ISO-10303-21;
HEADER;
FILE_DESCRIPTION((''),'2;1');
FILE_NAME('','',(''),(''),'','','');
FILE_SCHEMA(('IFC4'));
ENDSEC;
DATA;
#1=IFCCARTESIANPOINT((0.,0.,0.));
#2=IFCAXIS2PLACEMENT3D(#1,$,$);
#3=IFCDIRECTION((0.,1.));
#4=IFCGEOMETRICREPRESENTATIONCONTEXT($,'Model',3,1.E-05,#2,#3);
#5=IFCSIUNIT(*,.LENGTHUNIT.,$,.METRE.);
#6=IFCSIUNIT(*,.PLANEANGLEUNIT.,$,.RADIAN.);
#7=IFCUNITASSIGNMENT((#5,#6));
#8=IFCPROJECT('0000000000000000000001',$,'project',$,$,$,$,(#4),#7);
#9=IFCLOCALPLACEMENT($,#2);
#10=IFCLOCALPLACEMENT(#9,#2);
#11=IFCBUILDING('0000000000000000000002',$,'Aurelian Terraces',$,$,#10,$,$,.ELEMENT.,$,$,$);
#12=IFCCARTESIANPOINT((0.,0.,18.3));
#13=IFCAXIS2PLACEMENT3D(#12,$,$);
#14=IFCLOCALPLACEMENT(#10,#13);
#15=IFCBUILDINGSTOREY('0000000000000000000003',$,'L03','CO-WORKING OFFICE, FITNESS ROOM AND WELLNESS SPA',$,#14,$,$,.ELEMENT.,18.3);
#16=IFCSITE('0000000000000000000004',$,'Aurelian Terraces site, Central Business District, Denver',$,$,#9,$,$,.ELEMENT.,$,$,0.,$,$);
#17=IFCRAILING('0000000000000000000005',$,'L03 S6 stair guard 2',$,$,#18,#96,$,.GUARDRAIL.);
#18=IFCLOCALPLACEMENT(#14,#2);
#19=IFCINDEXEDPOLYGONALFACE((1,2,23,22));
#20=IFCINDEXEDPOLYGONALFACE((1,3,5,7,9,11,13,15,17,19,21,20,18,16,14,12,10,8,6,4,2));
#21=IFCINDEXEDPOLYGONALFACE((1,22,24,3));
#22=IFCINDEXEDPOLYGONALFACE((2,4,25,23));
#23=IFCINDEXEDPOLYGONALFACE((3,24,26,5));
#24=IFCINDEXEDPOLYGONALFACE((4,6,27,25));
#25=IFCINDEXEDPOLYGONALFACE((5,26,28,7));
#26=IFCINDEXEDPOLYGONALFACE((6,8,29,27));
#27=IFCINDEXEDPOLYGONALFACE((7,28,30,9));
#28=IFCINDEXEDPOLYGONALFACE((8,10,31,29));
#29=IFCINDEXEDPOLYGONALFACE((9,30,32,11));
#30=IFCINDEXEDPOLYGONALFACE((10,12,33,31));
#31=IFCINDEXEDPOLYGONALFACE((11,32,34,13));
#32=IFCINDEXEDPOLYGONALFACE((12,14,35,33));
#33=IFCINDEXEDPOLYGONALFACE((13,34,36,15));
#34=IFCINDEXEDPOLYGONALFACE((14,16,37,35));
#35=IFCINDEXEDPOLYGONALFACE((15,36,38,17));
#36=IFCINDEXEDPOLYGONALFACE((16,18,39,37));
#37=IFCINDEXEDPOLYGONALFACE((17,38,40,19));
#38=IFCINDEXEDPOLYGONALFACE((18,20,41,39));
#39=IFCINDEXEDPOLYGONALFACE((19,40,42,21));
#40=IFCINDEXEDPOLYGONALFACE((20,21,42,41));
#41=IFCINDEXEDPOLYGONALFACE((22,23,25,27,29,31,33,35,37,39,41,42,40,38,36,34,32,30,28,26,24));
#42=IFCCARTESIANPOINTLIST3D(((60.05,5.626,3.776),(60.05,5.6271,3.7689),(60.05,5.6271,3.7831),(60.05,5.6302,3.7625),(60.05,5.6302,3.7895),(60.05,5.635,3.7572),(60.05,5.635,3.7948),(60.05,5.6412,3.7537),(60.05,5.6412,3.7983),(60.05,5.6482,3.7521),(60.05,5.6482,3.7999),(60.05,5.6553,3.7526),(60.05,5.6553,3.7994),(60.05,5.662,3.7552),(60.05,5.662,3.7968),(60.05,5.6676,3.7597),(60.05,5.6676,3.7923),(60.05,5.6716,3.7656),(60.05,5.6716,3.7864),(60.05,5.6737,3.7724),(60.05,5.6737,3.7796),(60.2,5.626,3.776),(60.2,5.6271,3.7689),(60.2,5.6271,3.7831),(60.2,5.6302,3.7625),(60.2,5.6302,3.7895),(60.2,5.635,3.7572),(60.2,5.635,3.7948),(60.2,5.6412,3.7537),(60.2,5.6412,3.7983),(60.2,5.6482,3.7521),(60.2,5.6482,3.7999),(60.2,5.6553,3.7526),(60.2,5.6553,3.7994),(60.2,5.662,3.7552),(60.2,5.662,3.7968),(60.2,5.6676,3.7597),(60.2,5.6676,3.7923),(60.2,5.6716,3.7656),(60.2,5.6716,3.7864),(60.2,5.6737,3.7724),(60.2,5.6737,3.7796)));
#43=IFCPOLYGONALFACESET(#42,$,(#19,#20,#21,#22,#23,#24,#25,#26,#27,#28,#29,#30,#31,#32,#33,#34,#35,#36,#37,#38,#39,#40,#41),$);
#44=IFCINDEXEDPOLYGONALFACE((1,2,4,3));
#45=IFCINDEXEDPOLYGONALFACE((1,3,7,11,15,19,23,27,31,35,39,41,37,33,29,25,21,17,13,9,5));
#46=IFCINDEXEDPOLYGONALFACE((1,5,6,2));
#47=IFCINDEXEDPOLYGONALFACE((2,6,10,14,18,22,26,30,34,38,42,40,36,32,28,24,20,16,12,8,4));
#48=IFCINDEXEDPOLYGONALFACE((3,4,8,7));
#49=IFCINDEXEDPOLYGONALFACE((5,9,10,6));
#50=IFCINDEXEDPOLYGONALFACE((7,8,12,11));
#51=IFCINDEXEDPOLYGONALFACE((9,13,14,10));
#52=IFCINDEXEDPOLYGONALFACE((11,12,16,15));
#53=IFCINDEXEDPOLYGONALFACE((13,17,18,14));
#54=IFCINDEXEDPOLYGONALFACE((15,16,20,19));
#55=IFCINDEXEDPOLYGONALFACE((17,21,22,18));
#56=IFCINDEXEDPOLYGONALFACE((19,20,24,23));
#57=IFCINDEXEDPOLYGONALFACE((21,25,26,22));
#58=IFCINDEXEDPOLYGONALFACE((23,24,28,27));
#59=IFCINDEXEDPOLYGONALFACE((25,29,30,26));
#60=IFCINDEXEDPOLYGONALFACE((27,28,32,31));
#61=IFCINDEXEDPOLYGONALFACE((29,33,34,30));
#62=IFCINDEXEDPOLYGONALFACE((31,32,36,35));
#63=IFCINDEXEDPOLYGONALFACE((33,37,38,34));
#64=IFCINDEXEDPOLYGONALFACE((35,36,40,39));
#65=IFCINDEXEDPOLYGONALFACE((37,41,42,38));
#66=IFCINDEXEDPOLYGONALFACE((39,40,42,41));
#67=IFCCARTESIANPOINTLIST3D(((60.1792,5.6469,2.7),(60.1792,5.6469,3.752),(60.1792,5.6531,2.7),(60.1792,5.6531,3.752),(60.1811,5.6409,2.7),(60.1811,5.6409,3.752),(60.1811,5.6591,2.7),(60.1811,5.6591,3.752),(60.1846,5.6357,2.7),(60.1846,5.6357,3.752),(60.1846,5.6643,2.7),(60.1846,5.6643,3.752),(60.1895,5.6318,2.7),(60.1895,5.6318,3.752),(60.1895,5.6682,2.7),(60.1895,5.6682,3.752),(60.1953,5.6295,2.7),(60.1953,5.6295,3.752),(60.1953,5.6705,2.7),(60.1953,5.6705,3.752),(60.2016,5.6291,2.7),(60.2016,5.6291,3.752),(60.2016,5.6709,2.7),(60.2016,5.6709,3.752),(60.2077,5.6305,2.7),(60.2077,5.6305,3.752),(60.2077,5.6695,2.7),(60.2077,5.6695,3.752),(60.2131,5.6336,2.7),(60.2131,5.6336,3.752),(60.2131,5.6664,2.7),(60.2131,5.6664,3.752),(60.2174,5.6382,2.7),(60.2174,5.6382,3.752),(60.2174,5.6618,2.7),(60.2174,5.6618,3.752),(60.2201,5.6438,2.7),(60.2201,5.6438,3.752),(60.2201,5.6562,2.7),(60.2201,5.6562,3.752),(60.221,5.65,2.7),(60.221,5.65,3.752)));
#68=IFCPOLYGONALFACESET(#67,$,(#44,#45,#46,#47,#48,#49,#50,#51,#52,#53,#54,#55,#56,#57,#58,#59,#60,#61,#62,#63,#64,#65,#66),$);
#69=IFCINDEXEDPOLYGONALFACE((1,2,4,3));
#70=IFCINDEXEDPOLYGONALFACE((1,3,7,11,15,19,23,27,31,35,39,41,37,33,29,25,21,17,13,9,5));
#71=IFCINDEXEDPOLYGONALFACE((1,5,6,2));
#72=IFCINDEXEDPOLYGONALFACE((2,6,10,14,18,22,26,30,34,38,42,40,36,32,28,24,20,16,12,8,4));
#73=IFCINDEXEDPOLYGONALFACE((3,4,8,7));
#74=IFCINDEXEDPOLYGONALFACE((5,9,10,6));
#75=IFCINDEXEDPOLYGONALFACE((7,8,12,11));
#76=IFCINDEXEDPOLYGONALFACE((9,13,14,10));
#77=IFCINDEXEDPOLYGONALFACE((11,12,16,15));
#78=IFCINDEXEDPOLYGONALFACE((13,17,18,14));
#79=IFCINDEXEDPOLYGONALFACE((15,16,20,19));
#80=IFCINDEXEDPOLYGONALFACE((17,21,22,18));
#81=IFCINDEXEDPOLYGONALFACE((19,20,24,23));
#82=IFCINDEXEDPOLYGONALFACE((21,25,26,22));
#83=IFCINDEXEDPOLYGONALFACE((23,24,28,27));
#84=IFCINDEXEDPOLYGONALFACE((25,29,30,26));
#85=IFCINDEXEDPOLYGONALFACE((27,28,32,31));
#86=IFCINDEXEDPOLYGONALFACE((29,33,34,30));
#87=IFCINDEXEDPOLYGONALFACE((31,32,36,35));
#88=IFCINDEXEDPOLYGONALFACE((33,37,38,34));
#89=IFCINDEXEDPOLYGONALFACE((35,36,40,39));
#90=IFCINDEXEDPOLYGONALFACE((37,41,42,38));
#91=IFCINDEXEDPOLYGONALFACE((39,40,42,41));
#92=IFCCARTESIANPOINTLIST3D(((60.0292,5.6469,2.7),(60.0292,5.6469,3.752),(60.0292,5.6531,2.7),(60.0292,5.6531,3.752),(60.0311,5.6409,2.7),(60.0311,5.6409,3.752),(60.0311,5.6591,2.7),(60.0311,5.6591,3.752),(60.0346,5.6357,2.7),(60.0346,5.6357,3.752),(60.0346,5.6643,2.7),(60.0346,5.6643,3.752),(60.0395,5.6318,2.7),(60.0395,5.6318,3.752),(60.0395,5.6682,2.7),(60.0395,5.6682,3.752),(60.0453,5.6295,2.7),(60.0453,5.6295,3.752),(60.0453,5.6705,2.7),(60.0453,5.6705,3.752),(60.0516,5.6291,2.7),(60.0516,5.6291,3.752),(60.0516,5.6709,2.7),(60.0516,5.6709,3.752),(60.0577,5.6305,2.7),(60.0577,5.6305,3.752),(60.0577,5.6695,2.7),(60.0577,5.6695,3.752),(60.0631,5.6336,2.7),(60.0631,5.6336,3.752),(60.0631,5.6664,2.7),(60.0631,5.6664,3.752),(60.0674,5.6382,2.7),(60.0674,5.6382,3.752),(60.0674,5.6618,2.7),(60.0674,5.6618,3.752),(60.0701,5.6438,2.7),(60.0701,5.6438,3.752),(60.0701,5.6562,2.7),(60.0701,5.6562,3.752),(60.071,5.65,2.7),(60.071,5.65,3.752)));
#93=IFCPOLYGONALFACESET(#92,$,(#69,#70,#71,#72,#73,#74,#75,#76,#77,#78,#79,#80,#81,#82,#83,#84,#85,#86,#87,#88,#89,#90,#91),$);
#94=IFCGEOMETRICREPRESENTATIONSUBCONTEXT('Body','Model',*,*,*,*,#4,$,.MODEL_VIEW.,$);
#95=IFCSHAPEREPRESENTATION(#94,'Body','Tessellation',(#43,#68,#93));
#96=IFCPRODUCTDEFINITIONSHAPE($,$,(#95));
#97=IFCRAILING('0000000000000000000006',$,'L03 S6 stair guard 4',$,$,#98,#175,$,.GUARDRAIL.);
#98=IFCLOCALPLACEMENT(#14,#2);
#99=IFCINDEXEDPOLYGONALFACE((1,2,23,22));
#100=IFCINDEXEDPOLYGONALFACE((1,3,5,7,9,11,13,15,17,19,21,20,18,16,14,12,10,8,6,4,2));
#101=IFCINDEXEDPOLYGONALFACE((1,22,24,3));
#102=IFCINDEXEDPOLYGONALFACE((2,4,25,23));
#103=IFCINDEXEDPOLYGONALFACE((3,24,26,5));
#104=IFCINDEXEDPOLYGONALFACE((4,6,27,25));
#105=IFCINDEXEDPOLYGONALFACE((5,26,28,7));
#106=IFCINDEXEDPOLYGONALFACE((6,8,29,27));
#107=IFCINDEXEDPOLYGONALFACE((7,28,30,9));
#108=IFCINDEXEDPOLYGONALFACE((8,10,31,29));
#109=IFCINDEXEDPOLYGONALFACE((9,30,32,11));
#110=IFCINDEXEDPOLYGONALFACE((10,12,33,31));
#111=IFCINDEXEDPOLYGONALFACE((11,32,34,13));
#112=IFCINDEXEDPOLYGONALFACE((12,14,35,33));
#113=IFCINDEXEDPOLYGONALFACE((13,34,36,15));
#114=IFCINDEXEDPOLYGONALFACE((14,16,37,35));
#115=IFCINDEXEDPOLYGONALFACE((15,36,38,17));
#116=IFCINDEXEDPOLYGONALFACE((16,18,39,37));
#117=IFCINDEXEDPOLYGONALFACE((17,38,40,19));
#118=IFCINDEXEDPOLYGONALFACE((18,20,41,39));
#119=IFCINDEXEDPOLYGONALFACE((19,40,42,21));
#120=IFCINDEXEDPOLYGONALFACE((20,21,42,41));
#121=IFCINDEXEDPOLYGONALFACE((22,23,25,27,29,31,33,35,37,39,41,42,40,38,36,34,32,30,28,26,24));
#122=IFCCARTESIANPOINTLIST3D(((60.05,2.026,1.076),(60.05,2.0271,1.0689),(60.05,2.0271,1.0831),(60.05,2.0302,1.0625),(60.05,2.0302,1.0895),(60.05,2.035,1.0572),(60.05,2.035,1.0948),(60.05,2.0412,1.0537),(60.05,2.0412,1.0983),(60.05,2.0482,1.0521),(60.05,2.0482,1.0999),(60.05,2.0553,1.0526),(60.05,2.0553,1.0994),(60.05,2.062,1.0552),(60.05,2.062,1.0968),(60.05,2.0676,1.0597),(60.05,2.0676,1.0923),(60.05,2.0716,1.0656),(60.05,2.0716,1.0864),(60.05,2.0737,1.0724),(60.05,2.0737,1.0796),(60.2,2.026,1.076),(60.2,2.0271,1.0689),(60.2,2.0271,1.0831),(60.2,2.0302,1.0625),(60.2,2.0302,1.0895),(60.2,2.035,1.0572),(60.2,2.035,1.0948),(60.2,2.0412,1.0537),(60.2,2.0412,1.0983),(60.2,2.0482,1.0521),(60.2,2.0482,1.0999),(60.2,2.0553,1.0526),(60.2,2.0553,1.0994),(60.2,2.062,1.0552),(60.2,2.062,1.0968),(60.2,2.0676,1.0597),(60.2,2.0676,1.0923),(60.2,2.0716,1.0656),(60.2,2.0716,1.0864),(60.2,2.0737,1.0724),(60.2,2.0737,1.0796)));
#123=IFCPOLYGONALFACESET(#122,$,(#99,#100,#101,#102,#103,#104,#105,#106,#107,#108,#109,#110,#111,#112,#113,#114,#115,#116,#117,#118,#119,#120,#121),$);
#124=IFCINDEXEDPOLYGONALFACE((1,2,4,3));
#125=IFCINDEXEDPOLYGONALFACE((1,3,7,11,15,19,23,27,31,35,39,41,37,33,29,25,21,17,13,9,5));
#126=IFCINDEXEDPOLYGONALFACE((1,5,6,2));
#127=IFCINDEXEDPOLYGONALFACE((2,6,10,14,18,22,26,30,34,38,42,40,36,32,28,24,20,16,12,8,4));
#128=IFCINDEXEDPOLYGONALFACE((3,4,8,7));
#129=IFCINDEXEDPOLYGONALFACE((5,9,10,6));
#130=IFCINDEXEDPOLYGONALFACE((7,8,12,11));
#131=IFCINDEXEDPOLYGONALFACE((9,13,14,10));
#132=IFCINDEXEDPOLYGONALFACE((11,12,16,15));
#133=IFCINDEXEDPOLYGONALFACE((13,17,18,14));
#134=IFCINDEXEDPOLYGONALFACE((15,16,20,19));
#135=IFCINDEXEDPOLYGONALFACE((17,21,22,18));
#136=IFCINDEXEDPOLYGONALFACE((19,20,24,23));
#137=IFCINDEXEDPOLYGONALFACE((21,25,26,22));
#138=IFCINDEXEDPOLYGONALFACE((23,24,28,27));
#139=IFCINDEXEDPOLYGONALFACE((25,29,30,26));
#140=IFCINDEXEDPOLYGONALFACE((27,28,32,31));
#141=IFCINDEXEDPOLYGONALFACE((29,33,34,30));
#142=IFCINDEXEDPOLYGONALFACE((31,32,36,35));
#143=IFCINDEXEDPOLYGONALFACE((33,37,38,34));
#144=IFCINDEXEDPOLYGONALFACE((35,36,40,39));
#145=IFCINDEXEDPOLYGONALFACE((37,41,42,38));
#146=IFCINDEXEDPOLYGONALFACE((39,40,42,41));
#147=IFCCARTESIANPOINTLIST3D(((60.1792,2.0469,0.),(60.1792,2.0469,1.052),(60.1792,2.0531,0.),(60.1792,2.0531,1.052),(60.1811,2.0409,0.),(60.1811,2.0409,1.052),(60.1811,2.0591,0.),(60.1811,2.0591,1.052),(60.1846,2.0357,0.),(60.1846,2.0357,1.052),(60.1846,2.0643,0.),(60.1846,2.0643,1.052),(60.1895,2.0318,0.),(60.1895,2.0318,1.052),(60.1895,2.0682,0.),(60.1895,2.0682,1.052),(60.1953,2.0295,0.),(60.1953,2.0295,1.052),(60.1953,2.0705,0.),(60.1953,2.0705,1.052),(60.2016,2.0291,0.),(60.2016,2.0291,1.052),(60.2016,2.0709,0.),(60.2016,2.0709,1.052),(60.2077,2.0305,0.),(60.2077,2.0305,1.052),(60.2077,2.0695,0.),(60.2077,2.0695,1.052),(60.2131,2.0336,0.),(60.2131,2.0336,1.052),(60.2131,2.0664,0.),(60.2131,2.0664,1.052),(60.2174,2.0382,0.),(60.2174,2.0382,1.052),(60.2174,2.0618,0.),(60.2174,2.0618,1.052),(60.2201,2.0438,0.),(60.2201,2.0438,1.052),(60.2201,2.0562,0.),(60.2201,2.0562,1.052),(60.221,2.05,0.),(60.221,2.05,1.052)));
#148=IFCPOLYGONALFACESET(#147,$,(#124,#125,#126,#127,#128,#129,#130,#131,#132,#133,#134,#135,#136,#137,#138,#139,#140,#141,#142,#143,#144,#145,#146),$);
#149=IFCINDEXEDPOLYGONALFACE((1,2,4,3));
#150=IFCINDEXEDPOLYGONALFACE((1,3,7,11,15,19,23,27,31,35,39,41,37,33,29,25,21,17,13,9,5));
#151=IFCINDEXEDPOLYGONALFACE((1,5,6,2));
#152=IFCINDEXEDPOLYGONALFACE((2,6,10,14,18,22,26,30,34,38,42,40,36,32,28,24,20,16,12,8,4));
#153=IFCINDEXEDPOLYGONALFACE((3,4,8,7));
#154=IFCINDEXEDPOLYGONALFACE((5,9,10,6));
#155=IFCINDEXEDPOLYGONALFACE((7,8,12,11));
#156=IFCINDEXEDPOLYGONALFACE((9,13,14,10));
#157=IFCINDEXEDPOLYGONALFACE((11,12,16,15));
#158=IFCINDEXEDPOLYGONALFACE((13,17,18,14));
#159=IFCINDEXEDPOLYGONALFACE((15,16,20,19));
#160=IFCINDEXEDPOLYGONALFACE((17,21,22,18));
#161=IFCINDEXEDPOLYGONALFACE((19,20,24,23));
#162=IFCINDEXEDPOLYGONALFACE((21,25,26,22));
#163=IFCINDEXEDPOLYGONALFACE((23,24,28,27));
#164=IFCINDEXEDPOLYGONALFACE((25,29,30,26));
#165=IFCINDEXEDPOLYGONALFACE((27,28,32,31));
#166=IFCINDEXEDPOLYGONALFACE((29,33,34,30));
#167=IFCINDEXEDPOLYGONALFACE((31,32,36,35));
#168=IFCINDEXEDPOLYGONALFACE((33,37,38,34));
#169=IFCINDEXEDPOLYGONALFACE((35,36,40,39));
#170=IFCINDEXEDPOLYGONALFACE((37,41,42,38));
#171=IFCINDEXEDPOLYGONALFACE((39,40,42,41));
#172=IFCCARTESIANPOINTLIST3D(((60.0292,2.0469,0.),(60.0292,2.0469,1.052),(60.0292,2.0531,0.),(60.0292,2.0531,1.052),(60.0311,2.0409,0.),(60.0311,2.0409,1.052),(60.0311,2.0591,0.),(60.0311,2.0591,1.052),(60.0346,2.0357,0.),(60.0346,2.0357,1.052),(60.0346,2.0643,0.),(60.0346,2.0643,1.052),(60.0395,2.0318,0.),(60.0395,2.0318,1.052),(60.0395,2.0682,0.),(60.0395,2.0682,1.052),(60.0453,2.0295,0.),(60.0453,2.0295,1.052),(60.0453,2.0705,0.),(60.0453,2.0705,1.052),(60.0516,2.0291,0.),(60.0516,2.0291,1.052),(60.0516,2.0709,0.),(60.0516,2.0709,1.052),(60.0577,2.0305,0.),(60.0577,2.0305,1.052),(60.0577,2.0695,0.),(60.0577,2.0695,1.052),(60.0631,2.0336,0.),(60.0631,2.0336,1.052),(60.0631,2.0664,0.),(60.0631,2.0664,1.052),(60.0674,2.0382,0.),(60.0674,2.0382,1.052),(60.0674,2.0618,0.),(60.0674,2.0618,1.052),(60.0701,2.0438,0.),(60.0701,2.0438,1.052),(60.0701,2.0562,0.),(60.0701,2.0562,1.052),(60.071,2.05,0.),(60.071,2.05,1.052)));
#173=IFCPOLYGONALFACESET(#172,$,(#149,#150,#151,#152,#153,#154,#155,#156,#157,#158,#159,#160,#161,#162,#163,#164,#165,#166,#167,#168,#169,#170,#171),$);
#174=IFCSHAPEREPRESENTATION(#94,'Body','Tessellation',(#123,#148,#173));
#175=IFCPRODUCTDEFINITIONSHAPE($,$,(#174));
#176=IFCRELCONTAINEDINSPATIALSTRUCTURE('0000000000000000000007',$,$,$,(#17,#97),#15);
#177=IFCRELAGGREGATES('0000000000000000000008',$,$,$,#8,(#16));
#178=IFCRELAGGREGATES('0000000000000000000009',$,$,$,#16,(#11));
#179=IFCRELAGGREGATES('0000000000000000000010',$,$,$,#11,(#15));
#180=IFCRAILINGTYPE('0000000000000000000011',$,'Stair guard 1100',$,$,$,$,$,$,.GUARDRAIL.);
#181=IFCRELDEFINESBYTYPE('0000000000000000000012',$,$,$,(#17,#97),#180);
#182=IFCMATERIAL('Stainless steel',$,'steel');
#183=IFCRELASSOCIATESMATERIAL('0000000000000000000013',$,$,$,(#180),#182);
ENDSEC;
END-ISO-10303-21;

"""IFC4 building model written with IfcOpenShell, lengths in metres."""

from ifc_helpers import new_model, si_unit, direction, frame, origin, origin_2d, place, context, subcontext, project, spatial, circle, extrude, source, transform, mapped, material, type_object, element, save


model = new_model("IFC4")

# Units and contexts
model_context = context("Model", 3, precision=1e-05, world=origin(), true_north=direction((0.0, 1.0)))
body_context = subcontext(model_context, "Body", "Model", "MODEL_VIEW")
ifc_project = project(units=[si_unit("LENGTHUNIT", "METRE"), si_unit("PLANEANGLEUNIT", "RADIAN")], contexts=[model_context])

# Site, building, storey
site_placement = place(None, origin())
site = spatial("IfcSite", under=ifc_project, at=site_placement, Name="Aurelian Terraces site, Central Business District, Denver", CompositionType="ELEMENT", RefElevation=0.0)
building_placement = place(site_placement, origin())
building = spatial("IfcBuilding", under=site, at=building_placement, Name="Aurelian Terraces", CompositionType="ELEMENT")
storey_placement = place(building_placement, frame((0.0, 0.0, 18.3)))
storey = spatial("IfcBuildingStorey", under=building, at=storey_placement, Name="L03", Description="CO-WORKING OFFICE, FITNESS ROOM AND WELLNESS SPA", CompositionType="ELEMENT", Elevation=18.3)

# Railings
ifc_material_1 = material(Name="Stainless steel", Category="steel")
railing_type_1 = type_object("IfcRailingType", Name="Stair guard 1100", PredefinedType="GUARDRAIL", material=ifc_material_1)
shared_shape_1 = source(origin(), body_context, "Body", "SweptSolid", [
    extrude(circle(Radius=0.024, at=origin_2d()), frame((0.0, 0.0, 1.076), z_axis=(-1.0, 0.0, 0.0), x_axis=(0.0, -1.0, 0.0)), (0.0, 0.0, 1.0), 0.15),
    extrude(circle(Radius=0.021, at=origin_2d()), origin(), (0.0, 0.0, 1.0), 1.052),
    extrude(circle(Radius=0.021, at=origin_2d()), frame((-0.15, 0.0, 0.0)), (0.0, 0.0, 1.0), 1.052),
])
for number, where, name in (
    (1, (60.2, 5.65, 2.7), "L03 S6 stair guard 2"),
    (2, (60.2, 2.05, 0.0), "L03 S6 stair guard 4"),
):
    element("IfcRailing", number, at=place(storey_placement, frame(where)), inside=storey, type_object=railing_type_1, Name=name, PredefinedType="GUARDRAIL", context=body_context, shape_type="MappedRepresentation", body=[
        mapped(shared_shape_1, transform((0.0, 0.0, 0.0), scale=1.0)),
    ])

save(model, "model.ifc")
